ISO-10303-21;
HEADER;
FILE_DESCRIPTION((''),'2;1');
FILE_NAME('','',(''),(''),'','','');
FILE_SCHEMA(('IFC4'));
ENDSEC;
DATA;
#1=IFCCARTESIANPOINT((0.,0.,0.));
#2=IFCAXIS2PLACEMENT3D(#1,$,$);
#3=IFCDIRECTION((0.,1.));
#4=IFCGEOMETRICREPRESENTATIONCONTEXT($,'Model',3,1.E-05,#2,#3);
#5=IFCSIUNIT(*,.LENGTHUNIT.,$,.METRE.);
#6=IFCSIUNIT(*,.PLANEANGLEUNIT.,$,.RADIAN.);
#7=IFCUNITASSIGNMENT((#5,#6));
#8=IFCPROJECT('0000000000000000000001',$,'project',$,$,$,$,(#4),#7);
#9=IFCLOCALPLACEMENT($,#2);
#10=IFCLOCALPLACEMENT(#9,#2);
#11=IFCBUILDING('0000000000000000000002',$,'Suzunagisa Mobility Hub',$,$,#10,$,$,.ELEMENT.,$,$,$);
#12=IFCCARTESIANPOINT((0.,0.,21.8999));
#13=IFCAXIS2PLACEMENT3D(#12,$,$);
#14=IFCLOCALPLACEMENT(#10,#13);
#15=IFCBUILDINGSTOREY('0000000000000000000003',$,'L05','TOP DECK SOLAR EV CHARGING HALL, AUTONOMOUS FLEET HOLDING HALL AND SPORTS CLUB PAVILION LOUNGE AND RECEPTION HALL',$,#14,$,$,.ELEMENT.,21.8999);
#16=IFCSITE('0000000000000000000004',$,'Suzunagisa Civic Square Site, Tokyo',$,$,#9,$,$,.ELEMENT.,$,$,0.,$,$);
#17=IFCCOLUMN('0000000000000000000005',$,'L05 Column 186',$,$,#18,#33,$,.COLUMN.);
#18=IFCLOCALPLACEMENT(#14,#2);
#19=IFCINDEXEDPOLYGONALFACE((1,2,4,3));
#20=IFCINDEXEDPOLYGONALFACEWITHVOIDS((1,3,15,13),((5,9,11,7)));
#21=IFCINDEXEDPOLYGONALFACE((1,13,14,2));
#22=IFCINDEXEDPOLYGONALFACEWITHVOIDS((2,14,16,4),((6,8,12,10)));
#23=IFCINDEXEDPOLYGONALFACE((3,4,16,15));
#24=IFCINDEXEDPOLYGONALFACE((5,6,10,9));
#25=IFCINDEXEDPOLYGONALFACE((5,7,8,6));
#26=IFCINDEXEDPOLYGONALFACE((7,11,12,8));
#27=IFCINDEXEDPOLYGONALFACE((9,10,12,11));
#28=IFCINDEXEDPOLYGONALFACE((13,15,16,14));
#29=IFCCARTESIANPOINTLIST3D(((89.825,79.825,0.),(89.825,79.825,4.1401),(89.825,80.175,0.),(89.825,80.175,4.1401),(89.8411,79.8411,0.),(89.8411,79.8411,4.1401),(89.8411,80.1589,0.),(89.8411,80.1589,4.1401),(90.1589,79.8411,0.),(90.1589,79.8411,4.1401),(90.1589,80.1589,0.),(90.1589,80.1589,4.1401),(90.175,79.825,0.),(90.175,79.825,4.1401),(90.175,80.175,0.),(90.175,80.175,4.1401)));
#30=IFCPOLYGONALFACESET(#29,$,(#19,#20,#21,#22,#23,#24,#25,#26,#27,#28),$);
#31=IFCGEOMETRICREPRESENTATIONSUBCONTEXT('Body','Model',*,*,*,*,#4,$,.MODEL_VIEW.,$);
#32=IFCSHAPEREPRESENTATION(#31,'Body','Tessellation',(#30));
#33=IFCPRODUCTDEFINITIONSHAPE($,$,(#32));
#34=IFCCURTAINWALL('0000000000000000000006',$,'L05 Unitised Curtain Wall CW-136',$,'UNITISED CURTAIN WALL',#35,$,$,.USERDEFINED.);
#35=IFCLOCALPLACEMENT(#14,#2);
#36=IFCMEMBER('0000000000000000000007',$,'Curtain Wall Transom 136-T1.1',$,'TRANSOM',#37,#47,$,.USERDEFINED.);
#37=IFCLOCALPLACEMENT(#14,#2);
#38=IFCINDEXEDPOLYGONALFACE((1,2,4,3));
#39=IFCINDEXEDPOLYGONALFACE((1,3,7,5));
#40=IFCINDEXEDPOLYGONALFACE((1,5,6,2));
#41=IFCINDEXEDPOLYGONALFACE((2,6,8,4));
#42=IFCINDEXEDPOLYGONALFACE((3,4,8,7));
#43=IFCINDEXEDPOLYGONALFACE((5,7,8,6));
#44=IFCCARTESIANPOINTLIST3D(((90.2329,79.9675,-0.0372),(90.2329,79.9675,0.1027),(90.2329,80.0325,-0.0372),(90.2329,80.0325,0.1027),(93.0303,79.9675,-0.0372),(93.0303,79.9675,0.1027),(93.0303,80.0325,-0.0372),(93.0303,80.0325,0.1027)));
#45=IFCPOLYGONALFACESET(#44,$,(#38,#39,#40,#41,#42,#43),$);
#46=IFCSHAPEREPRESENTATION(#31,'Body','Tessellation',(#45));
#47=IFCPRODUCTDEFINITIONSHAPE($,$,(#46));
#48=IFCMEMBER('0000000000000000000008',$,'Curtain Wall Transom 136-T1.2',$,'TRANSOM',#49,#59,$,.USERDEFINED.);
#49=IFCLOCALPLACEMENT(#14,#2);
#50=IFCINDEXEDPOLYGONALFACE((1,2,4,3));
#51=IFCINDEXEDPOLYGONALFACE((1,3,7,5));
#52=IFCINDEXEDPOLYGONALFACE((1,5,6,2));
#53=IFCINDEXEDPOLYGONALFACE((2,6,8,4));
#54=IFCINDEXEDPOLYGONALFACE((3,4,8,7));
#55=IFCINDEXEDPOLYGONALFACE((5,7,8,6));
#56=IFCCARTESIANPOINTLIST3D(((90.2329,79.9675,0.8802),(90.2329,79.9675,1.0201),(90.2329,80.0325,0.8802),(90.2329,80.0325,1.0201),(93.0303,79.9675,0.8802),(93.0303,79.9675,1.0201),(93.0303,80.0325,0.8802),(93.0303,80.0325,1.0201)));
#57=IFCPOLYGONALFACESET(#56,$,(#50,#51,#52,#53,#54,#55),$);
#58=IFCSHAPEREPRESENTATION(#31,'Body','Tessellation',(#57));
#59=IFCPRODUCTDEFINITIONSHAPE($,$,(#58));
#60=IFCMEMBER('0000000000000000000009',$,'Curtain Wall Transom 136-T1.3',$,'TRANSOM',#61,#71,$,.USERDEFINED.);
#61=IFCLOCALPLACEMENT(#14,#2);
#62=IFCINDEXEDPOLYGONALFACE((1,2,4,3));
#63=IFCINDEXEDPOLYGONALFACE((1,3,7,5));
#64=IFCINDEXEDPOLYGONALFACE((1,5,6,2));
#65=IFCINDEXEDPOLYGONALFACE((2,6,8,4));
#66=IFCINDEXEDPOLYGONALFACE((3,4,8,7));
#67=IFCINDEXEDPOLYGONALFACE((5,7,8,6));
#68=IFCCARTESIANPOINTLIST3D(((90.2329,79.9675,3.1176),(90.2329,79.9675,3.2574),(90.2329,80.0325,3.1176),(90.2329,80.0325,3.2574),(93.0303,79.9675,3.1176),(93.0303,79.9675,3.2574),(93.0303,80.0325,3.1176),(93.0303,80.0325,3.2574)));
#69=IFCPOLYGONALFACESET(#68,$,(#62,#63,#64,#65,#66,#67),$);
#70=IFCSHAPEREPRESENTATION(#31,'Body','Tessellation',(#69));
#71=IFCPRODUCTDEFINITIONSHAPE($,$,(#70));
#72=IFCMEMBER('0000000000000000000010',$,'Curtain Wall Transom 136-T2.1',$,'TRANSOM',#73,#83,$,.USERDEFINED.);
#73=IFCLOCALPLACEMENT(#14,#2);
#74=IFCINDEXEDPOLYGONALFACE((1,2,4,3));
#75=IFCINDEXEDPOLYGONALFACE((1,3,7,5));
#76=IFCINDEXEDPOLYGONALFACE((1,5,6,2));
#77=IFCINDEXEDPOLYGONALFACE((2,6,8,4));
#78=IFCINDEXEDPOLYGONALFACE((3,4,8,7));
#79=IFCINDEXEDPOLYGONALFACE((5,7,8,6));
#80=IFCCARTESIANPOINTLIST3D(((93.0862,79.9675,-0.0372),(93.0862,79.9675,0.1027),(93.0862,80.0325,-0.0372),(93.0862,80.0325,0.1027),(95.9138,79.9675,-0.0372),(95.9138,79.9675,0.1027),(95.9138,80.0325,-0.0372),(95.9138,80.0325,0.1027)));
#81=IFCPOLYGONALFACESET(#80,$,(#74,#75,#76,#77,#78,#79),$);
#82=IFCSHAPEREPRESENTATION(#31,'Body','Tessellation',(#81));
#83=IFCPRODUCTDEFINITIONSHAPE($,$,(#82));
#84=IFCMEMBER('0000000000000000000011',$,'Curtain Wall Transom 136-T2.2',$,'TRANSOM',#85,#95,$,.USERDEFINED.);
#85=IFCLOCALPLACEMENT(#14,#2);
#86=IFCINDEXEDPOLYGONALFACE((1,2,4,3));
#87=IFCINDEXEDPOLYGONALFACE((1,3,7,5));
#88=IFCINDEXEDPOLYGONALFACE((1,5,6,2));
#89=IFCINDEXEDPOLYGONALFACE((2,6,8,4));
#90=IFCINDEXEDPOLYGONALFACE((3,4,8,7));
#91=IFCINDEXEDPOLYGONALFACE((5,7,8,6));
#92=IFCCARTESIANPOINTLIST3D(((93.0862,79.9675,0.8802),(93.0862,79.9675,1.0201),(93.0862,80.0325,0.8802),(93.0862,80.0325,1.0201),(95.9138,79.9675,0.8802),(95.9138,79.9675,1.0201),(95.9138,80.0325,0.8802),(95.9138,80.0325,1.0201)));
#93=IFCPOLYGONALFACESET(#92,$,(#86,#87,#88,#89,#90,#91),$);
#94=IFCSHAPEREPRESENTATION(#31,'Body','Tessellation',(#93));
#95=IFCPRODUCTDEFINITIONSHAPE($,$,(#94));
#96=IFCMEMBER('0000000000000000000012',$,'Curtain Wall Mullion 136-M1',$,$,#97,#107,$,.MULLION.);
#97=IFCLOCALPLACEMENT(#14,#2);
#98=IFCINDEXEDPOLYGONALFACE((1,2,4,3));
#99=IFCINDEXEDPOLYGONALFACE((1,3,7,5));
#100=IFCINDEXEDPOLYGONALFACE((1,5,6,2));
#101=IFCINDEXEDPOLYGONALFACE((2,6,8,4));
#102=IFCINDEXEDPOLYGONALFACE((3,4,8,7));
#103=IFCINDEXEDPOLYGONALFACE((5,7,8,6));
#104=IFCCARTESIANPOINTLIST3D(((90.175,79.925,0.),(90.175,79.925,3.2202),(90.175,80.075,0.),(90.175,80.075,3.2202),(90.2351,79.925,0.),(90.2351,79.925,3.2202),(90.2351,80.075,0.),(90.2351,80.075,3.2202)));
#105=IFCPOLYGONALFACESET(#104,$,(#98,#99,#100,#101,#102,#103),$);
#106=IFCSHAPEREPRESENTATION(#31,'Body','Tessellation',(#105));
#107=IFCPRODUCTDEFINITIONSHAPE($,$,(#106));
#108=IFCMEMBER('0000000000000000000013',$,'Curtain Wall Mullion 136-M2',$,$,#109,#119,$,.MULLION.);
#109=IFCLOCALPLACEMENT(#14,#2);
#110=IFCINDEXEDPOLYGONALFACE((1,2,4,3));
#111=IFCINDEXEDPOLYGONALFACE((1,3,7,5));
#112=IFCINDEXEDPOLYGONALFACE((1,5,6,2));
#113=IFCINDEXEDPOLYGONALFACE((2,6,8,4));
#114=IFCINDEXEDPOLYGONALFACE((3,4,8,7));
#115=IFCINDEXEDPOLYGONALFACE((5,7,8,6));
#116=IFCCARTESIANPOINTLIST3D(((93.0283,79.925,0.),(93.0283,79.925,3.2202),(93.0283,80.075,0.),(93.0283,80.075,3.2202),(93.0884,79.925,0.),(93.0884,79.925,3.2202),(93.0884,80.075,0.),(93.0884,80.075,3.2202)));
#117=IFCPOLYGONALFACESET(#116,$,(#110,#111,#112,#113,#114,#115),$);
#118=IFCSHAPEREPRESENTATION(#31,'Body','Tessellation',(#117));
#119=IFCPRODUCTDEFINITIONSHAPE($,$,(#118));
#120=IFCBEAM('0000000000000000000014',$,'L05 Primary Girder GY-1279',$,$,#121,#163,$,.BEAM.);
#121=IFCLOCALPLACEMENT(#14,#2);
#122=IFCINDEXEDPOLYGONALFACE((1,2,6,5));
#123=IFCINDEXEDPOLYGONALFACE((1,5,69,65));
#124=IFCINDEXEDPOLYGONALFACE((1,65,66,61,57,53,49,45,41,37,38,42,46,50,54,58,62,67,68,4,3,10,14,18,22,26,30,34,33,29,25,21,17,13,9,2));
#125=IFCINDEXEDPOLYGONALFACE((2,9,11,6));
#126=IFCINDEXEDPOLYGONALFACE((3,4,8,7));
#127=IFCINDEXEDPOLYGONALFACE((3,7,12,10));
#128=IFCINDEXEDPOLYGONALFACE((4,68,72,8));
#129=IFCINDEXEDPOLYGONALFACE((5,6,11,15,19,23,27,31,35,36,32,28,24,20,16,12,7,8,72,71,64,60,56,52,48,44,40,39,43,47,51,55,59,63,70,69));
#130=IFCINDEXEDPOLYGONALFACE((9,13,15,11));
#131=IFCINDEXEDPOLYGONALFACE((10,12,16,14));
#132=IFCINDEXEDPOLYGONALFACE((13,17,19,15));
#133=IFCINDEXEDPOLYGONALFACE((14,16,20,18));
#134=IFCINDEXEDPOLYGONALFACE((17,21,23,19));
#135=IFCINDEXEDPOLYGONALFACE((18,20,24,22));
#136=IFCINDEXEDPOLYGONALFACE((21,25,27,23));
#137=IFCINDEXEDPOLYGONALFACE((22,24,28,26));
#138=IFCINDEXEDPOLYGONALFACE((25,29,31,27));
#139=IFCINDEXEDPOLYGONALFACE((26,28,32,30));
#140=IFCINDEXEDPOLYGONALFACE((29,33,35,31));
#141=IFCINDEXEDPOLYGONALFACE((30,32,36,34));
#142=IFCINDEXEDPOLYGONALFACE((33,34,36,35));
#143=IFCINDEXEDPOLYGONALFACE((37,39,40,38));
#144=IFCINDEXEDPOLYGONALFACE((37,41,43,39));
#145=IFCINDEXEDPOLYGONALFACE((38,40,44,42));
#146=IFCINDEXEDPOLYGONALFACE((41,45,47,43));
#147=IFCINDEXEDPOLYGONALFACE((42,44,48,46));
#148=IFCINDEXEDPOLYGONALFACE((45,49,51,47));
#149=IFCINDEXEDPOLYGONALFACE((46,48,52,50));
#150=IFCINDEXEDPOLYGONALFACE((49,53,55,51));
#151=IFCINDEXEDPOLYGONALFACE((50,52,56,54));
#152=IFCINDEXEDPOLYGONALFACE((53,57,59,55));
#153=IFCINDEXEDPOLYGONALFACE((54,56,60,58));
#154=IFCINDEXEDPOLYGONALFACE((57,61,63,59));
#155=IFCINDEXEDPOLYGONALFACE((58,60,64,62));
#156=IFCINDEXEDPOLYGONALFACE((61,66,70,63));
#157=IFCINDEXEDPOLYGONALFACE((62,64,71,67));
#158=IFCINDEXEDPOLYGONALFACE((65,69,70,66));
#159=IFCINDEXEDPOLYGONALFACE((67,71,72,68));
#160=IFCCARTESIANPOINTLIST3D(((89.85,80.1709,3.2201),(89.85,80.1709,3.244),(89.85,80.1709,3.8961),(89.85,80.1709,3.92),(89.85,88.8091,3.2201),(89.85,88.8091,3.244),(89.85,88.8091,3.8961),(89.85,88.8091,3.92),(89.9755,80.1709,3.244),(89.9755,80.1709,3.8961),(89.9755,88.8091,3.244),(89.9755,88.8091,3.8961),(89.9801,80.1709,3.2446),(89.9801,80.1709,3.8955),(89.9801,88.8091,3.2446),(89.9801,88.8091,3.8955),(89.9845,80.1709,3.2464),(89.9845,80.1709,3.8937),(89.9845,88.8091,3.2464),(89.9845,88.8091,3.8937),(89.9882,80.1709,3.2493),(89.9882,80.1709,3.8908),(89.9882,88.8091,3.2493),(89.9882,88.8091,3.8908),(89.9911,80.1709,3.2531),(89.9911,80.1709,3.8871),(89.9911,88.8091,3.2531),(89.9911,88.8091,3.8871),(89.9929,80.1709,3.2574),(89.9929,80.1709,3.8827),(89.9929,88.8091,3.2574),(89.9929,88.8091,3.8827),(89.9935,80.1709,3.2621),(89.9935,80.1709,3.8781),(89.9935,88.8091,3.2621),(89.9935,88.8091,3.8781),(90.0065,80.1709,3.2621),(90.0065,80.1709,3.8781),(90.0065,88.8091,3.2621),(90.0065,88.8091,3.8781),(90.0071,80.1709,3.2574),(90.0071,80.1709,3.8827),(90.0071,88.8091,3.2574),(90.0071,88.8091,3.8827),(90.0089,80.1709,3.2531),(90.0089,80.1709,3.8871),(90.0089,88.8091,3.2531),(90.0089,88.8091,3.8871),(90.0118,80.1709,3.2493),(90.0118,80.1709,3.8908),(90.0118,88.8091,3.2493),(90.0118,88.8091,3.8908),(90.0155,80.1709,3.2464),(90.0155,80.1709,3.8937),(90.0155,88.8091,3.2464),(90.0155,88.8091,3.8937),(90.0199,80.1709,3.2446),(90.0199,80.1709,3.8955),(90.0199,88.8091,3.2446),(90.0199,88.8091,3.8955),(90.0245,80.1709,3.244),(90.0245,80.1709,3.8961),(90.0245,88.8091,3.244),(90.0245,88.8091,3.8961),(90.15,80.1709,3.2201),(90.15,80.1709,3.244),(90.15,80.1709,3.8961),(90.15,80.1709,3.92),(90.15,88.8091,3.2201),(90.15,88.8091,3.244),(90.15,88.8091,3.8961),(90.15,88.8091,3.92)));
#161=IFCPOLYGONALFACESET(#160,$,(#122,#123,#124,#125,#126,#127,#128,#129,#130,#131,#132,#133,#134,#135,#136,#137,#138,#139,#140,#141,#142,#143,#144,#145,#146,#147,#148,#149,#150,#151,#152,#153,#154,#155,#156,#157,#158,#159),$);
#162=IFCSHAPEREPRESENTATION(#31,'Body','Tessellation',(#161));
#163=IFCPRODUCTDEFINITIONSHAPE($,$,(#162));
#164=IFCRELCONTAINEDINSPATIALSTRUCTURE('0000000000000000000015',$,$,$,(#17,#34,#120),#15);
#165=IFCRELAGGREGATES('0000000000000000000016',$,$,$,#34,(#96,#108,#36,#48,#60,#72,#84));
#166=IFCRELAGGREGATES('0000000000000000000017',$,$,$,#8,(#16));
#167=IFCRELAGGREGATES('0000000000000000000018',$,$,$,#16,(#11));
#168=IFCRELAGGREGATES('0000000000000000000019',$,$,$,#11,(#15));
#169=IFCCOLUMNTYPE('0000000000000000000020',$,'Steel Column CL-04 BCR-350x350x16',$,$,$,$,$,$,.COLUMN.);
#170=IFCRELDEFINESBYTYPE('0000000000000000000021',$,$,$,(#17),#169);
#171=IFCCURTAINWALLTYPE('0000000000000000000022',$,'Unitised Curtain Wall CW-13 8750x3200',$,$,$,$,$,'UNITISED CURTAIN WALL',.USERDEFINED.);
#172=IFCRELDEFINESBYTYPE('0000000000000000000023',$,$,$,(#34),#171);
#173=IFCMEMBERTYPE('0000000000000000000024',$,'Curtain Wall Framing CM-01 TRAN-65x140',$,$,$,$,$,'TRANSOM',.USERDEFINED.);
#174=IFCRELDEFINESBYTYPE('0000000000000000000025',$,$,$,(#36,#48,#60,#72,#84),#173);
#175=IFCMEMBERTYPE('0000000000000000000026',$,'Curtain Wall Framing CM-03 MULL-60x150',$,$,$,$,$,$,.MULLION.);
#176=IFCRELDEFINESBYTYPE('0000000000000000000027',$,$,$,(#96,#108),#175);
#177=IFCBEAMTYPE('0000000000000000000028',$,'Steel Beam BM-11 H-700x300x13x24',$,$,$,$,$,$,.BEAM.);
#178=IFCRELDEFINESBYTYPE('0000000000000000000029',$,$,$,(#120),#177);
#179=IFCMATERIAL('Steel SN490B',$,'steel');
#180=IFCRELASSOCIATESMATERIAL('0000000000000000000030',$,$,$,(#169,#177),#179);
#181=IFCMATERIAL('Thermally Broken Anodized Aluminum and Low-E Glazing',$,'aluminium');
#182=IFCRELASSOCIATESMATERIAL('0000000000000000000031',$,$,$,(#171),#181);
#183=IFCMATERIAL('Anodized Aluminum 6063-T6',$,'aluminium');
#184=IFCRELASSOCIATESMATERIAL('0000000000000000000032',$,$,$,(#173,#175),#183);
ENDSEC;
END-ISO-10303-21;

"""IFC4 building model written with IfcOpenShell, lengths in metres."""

from ifc_helpers import new_model, si_unit, direction, frame, origin, origin_2d, place, context, subcontext, project, spatial, rectangle, hollow_rectangle, i_section, extrude, material, material_profile, profile_set, type_object, element, aggregate, save


model = new_model("IFC4")

# Units and contexts
model_context = context("Model", 3, precision=1e-05, world=origin(), true_north=direction((0.0, 1.0)))
body_context = subcontext(model_context, "Body", "Model", "MODEL_VIEW")
ifc_project = project(units=[si_unit("LENGTHUNIT", "METRE"), si_unit("PLANEANGLEUNIT", "RADIAN")], contexts=[model_context])

# Site, building, storey
site_placement = place(None, origin())
site = spatial("IfcSite", under=ifc_project, at=site_placement, Name="Suzunagisa Civic Square Site, Tokyo", CompositionType="ELEMENT", RefElevation=0.0)
building_placement = place(site_placement, origin())
building = spatial("IfcBuilding", under=site, at=building_placement, Name="Suzunagisa Mobility Hub", CompositionType="ELEMENT")
storey_placement = place(building_placement, frame((0.0, 0.0, 21.8999)))
storey = spatial("IfcBuildingStorey", under=building, at=storey_placement, Name="L05", Description="TOP DECK SOLAR EV CHARGING HALL, AUTONOMOUS FLEET HOLDING HALL AND SPORTS CLUB PAVILION LOUNGE AND RECEPTION HALL", CompositionType="ELEMENT", Elevation=21.8999)

# Column
ifc_material_1 = material(Name="Steel SN490B", Category="steel")
ifc_material_profile_1 = material_profile(ifc_material_1, hollow_rectangle(XDim=0.3501, YDim=0.3501, WallThickness=0.0161, at=origin_2d()), Name="BCR-350x350x16")
ifc_profile_set_1 = profile_set([ifc_material_profile_1], Name="Steel SN490B")
column_type = type_object("IfcColumnType", Name="Steel Column CL-04 BCR-350x350x16", PredefinedType="COLUMN", material=ifc_profile_set_1)
column_placement = place(storey_placement, frame((90.0, 80.0, 0.0), z_axis=(0.0, 0.0, 1.0), x_axis=(1.0, 0.0, 0.0)))
element("IfcColumn", 1, at=column_placement, inside=storey, type_object=column_type, Name="L05 Column 186", PredefinedType="COLUMN", context=body_context, shape_type="SweptSolid", body=[
    extrude(hollow_rectangle(XDim=0.3501, YDim=0.3501, WallThickness=0.0161, at=origin_2d()), origin(), (0.0, 0.0, 1.0), 4.1401),
])

# Curtain wall, members
ifc_material_2 = material(Name="Thermally Broken Anodized Aluminum and Low-E Glazing", Category="aluminium")
curtain_wall_type = type_object("IfcCurtainWallType", Name="Unitised Curtain Wall CW-13 8750x3200", ElementType="UNITISED CURTAIN WALL", PredefinedType="USERDEFINED", material=ifc_material_2)
curtain_wall_placement = place(storey_placement, origin())
curtain_wall = element("IfcCurtainWall", 2, at=curtain_wall_placement, inside=storey, type_object=curtain_wall_type, Name="L05 Unitised Curtain Wall CW-136", ObjectType="UNITISED CURTAIN WALL", PredefinedType="USERDEFINED")
ifc_material_3 = material(Name="Anodized Aluminum 6063-T6", Category="aluminium")
ifc_material_profile_2 = material_profile(ifc_material_3, rectangle(XDim=0.0649, YDim=0.1399, at=origin_2d()), Name="TRAN-65x140")
ifc_profile_set_2 = profile_set([ifc_material_profile_2], Name="Anodized Aluminum 6063-T6")
member_type_1 = type_object("IfcMemberType", Name="Curtain Wall Framing CM-01 TRAN-65x140", ElementType="TRANSOM", PredefinedType="USERDEFINED", material=ifc_profile_set_2)
member_1_placement = place(storey_placement, frame((90.2329, 80.0, 0.0327), z_axis=(1.0, 0.0, 0.0), x_axis=(0.0, 1.0, 0.0)))
member_1 = element("IfcMember", 3, at=member_1_placement, type_object=member_type_1, Name="Curtain Wall Transom 136-T1.1", ObjectType="TRANSOM", PredefinedType="USERDEFINED", context=body_context, shape_type="SweptSolid", body=[
    extrude(rectangle(XDim=0.0649, YDim=0.1399, at=origin_2d()), origin(), (0.0, 0.0, 1.0), 2.7974),
])
member_2_placement = place(storey_placement, frame((90.2329, 80.0, 0.9502), z_axis=(1.0, 0.0, 0.0), x_axis=(0.0, 1.0, 0.0)))
member_2 = element("IfcMember", 4, at=member_2_placement, type_object=member_type_1, Name="Curtain Wall Transom 136-T1.2", ObjectType="TRANSOM", PredefinedType="USERDEFINED", context=body_context, shape_type="SweptSolid", body=[
    extrude(rectangle(XDim=0.0649, YDim=0.1399, at=origin_2d()), origin(), (0.0, 0.0, 1.0), 2.7974),
])
member_3_placement = place(storey_placement, frame((90.2329, 80.0, 3.1875), z_axis=(1.0, 0.0, 0.0), x_axis=(0.0, 1.0, 0.0)))
member_3 = element("IfcMember", 5, at=member_3_placement, type_object=member_type_1, Name="Curtain Wall Transom 136-T1.3", ObjectType="TRANSOM", PredefinedType="USERDEFINED", context=body_context, shape_type="SweptSolid", body=[
    extrude(rectangle(XDim=0.0649, YDim=0.1399, at=origin_2d()), origin(), (0.0, 0.0, 1.0), 2.7974),
])
member_4_placement = place(storey_placement, frame((93.0862, 80.0, 0.0327), z_axis=(1.0, 0.0, 0.0), x_axis=(0.0, 1.0, 0.0)))
member_4 = element("IfcMember", 6, at=member_4_placement, type_object=member_type_1, Name="Curtain Wall Transom 136-T2.1", ObjectType="TRANSOM", PredefinedType="USERDEFINED", context=body_context, shape_type="SweptSolid", body=[
    extrude(rectangle(XDim=0.0649, YDim=0.1399, at=origin_2d()), origin(), (0.0, 0.0, 1.0), 2.8276),
])
member_5_placement = place(storey_placement, frame((93.0862, 80.0, 0.9502), z_axis=(1.0, 0.0, 0.0), x_axis=(0.0, 1.0, 0.0)))
member_5 = element("IfcMember", 7, at=member_5_placement, type_object=member_type_1, Name="Curtain Wall Transom 136-T2.2", ObjectType="TRANSOM", PredefinedType="USERDEFINED", context=body_context, shape_type="SweptSolid", body=[
    extrude(rectangle(XDim=0.0649, YDim=0.1399, at=origin_2d()), origin(), (0.0, 0.0, 1.0), 2.8276),
])
ifc_material_profile_3 = material_profile(ifc_material_3, rectangle(XDim=0.0601, YDim=0.1499, at=origin_2d()), Name="MULL-60x150")
ifc_profile_set_3 = profile_set([ifc_material_profile_3], Name="Anodized Aluminum 6063-T6")
member_type_2 = type_object("IfcMemberType", Name="Curtain Wall Framing CM-03 MULL-60x150", PredefinedType="MULLION", material=ifc_profile_set_3)
member_6_placement = place(storey_placement, frame((90.2051, 80.0, 0.0), z_axis=(0.0, 0.0, 1.0), x_axis=(1.0, 0.0, 0.0)))
member_6 = element("IfcMember", 8, at=member_6_placement, type_object=member_type_2, Name="Curtain Wall Mullion 136-M1", PredefinedType="MULLION", context=body_context, shape_type="SweptSolid", body=[
    extrude(rectangle(XDim=0.0601, YDim=0.1499, at=origin_2d()), origin(), (0.0, 0.0, 1.0), 3.2202),
])
member_7_placement = place(storey_placement, frame((93.0583, 80.0, 0.0), z_axis=(0.0, 0.0, 1.0), x_axis=(1.0, 0.0, 0.0)))
member_7 = element("IfcMember", 9, at=member_7_placement, type_object=member_type_2, Name="Curtain Wall Mullion 136-M2", PredefinedType="MULLION", context=body_context, shape_type="SweptSolid", body=[
    extrude(rectangle(XDim=0.0601, YDim=0.1499, at=origin_2d()), origin(), (0.0, 0.0, 1.0), 3.2202),
])

# Beam
ifc_material_profile_4 = material_profile(ifc_material_1, i_section(OverallWidth=0.3, OverallDepth=0.7, WebThickness=0.0129, FlangeThickness=0.0239, FilletRadius=0.0181, at=origin_2d()), Name="H-700x300x13x24")
ifc_profile_set_4 = profile_set([ifc_material_profile_4], Name="Steel SN490B")
beam_type_1 = type_object("IfcBeamType", Name="Steel Beam BM-11 H-700x300x13x24", PredefinedType="BEAM", material=ifc_profile_set_4)
beam_1_placement = place(storey_placement, frame((90.0, 80.1709, 3.5701), z_axis=(0.0, 1.0, 0.0), x_axis=(-1.0, 0.0, 0.0)))
element("IfcBeam", 10, at=beam_1_placement, inside=storey, type_object=beam_type_1, Name="L05 Primary Girder GY-1279", PredefinedType="BEAM", context=body_context, shape_type="SweptSolid", body=[
    extrude(i_section(OverallWidth=0.3, OverallDepth=0.7, WebThickness=0.0129, FlangeThickness=0.0239, FilletRadius=0.0181, at=origin_2d()), origin(), (0.0, 0.0, 1.0), 8.6382),
])

aggregate(curtain_wall, [member_6, member_7, member_1, member_2, member_3, member_4, member_5])

save(model, "model.ifc")
